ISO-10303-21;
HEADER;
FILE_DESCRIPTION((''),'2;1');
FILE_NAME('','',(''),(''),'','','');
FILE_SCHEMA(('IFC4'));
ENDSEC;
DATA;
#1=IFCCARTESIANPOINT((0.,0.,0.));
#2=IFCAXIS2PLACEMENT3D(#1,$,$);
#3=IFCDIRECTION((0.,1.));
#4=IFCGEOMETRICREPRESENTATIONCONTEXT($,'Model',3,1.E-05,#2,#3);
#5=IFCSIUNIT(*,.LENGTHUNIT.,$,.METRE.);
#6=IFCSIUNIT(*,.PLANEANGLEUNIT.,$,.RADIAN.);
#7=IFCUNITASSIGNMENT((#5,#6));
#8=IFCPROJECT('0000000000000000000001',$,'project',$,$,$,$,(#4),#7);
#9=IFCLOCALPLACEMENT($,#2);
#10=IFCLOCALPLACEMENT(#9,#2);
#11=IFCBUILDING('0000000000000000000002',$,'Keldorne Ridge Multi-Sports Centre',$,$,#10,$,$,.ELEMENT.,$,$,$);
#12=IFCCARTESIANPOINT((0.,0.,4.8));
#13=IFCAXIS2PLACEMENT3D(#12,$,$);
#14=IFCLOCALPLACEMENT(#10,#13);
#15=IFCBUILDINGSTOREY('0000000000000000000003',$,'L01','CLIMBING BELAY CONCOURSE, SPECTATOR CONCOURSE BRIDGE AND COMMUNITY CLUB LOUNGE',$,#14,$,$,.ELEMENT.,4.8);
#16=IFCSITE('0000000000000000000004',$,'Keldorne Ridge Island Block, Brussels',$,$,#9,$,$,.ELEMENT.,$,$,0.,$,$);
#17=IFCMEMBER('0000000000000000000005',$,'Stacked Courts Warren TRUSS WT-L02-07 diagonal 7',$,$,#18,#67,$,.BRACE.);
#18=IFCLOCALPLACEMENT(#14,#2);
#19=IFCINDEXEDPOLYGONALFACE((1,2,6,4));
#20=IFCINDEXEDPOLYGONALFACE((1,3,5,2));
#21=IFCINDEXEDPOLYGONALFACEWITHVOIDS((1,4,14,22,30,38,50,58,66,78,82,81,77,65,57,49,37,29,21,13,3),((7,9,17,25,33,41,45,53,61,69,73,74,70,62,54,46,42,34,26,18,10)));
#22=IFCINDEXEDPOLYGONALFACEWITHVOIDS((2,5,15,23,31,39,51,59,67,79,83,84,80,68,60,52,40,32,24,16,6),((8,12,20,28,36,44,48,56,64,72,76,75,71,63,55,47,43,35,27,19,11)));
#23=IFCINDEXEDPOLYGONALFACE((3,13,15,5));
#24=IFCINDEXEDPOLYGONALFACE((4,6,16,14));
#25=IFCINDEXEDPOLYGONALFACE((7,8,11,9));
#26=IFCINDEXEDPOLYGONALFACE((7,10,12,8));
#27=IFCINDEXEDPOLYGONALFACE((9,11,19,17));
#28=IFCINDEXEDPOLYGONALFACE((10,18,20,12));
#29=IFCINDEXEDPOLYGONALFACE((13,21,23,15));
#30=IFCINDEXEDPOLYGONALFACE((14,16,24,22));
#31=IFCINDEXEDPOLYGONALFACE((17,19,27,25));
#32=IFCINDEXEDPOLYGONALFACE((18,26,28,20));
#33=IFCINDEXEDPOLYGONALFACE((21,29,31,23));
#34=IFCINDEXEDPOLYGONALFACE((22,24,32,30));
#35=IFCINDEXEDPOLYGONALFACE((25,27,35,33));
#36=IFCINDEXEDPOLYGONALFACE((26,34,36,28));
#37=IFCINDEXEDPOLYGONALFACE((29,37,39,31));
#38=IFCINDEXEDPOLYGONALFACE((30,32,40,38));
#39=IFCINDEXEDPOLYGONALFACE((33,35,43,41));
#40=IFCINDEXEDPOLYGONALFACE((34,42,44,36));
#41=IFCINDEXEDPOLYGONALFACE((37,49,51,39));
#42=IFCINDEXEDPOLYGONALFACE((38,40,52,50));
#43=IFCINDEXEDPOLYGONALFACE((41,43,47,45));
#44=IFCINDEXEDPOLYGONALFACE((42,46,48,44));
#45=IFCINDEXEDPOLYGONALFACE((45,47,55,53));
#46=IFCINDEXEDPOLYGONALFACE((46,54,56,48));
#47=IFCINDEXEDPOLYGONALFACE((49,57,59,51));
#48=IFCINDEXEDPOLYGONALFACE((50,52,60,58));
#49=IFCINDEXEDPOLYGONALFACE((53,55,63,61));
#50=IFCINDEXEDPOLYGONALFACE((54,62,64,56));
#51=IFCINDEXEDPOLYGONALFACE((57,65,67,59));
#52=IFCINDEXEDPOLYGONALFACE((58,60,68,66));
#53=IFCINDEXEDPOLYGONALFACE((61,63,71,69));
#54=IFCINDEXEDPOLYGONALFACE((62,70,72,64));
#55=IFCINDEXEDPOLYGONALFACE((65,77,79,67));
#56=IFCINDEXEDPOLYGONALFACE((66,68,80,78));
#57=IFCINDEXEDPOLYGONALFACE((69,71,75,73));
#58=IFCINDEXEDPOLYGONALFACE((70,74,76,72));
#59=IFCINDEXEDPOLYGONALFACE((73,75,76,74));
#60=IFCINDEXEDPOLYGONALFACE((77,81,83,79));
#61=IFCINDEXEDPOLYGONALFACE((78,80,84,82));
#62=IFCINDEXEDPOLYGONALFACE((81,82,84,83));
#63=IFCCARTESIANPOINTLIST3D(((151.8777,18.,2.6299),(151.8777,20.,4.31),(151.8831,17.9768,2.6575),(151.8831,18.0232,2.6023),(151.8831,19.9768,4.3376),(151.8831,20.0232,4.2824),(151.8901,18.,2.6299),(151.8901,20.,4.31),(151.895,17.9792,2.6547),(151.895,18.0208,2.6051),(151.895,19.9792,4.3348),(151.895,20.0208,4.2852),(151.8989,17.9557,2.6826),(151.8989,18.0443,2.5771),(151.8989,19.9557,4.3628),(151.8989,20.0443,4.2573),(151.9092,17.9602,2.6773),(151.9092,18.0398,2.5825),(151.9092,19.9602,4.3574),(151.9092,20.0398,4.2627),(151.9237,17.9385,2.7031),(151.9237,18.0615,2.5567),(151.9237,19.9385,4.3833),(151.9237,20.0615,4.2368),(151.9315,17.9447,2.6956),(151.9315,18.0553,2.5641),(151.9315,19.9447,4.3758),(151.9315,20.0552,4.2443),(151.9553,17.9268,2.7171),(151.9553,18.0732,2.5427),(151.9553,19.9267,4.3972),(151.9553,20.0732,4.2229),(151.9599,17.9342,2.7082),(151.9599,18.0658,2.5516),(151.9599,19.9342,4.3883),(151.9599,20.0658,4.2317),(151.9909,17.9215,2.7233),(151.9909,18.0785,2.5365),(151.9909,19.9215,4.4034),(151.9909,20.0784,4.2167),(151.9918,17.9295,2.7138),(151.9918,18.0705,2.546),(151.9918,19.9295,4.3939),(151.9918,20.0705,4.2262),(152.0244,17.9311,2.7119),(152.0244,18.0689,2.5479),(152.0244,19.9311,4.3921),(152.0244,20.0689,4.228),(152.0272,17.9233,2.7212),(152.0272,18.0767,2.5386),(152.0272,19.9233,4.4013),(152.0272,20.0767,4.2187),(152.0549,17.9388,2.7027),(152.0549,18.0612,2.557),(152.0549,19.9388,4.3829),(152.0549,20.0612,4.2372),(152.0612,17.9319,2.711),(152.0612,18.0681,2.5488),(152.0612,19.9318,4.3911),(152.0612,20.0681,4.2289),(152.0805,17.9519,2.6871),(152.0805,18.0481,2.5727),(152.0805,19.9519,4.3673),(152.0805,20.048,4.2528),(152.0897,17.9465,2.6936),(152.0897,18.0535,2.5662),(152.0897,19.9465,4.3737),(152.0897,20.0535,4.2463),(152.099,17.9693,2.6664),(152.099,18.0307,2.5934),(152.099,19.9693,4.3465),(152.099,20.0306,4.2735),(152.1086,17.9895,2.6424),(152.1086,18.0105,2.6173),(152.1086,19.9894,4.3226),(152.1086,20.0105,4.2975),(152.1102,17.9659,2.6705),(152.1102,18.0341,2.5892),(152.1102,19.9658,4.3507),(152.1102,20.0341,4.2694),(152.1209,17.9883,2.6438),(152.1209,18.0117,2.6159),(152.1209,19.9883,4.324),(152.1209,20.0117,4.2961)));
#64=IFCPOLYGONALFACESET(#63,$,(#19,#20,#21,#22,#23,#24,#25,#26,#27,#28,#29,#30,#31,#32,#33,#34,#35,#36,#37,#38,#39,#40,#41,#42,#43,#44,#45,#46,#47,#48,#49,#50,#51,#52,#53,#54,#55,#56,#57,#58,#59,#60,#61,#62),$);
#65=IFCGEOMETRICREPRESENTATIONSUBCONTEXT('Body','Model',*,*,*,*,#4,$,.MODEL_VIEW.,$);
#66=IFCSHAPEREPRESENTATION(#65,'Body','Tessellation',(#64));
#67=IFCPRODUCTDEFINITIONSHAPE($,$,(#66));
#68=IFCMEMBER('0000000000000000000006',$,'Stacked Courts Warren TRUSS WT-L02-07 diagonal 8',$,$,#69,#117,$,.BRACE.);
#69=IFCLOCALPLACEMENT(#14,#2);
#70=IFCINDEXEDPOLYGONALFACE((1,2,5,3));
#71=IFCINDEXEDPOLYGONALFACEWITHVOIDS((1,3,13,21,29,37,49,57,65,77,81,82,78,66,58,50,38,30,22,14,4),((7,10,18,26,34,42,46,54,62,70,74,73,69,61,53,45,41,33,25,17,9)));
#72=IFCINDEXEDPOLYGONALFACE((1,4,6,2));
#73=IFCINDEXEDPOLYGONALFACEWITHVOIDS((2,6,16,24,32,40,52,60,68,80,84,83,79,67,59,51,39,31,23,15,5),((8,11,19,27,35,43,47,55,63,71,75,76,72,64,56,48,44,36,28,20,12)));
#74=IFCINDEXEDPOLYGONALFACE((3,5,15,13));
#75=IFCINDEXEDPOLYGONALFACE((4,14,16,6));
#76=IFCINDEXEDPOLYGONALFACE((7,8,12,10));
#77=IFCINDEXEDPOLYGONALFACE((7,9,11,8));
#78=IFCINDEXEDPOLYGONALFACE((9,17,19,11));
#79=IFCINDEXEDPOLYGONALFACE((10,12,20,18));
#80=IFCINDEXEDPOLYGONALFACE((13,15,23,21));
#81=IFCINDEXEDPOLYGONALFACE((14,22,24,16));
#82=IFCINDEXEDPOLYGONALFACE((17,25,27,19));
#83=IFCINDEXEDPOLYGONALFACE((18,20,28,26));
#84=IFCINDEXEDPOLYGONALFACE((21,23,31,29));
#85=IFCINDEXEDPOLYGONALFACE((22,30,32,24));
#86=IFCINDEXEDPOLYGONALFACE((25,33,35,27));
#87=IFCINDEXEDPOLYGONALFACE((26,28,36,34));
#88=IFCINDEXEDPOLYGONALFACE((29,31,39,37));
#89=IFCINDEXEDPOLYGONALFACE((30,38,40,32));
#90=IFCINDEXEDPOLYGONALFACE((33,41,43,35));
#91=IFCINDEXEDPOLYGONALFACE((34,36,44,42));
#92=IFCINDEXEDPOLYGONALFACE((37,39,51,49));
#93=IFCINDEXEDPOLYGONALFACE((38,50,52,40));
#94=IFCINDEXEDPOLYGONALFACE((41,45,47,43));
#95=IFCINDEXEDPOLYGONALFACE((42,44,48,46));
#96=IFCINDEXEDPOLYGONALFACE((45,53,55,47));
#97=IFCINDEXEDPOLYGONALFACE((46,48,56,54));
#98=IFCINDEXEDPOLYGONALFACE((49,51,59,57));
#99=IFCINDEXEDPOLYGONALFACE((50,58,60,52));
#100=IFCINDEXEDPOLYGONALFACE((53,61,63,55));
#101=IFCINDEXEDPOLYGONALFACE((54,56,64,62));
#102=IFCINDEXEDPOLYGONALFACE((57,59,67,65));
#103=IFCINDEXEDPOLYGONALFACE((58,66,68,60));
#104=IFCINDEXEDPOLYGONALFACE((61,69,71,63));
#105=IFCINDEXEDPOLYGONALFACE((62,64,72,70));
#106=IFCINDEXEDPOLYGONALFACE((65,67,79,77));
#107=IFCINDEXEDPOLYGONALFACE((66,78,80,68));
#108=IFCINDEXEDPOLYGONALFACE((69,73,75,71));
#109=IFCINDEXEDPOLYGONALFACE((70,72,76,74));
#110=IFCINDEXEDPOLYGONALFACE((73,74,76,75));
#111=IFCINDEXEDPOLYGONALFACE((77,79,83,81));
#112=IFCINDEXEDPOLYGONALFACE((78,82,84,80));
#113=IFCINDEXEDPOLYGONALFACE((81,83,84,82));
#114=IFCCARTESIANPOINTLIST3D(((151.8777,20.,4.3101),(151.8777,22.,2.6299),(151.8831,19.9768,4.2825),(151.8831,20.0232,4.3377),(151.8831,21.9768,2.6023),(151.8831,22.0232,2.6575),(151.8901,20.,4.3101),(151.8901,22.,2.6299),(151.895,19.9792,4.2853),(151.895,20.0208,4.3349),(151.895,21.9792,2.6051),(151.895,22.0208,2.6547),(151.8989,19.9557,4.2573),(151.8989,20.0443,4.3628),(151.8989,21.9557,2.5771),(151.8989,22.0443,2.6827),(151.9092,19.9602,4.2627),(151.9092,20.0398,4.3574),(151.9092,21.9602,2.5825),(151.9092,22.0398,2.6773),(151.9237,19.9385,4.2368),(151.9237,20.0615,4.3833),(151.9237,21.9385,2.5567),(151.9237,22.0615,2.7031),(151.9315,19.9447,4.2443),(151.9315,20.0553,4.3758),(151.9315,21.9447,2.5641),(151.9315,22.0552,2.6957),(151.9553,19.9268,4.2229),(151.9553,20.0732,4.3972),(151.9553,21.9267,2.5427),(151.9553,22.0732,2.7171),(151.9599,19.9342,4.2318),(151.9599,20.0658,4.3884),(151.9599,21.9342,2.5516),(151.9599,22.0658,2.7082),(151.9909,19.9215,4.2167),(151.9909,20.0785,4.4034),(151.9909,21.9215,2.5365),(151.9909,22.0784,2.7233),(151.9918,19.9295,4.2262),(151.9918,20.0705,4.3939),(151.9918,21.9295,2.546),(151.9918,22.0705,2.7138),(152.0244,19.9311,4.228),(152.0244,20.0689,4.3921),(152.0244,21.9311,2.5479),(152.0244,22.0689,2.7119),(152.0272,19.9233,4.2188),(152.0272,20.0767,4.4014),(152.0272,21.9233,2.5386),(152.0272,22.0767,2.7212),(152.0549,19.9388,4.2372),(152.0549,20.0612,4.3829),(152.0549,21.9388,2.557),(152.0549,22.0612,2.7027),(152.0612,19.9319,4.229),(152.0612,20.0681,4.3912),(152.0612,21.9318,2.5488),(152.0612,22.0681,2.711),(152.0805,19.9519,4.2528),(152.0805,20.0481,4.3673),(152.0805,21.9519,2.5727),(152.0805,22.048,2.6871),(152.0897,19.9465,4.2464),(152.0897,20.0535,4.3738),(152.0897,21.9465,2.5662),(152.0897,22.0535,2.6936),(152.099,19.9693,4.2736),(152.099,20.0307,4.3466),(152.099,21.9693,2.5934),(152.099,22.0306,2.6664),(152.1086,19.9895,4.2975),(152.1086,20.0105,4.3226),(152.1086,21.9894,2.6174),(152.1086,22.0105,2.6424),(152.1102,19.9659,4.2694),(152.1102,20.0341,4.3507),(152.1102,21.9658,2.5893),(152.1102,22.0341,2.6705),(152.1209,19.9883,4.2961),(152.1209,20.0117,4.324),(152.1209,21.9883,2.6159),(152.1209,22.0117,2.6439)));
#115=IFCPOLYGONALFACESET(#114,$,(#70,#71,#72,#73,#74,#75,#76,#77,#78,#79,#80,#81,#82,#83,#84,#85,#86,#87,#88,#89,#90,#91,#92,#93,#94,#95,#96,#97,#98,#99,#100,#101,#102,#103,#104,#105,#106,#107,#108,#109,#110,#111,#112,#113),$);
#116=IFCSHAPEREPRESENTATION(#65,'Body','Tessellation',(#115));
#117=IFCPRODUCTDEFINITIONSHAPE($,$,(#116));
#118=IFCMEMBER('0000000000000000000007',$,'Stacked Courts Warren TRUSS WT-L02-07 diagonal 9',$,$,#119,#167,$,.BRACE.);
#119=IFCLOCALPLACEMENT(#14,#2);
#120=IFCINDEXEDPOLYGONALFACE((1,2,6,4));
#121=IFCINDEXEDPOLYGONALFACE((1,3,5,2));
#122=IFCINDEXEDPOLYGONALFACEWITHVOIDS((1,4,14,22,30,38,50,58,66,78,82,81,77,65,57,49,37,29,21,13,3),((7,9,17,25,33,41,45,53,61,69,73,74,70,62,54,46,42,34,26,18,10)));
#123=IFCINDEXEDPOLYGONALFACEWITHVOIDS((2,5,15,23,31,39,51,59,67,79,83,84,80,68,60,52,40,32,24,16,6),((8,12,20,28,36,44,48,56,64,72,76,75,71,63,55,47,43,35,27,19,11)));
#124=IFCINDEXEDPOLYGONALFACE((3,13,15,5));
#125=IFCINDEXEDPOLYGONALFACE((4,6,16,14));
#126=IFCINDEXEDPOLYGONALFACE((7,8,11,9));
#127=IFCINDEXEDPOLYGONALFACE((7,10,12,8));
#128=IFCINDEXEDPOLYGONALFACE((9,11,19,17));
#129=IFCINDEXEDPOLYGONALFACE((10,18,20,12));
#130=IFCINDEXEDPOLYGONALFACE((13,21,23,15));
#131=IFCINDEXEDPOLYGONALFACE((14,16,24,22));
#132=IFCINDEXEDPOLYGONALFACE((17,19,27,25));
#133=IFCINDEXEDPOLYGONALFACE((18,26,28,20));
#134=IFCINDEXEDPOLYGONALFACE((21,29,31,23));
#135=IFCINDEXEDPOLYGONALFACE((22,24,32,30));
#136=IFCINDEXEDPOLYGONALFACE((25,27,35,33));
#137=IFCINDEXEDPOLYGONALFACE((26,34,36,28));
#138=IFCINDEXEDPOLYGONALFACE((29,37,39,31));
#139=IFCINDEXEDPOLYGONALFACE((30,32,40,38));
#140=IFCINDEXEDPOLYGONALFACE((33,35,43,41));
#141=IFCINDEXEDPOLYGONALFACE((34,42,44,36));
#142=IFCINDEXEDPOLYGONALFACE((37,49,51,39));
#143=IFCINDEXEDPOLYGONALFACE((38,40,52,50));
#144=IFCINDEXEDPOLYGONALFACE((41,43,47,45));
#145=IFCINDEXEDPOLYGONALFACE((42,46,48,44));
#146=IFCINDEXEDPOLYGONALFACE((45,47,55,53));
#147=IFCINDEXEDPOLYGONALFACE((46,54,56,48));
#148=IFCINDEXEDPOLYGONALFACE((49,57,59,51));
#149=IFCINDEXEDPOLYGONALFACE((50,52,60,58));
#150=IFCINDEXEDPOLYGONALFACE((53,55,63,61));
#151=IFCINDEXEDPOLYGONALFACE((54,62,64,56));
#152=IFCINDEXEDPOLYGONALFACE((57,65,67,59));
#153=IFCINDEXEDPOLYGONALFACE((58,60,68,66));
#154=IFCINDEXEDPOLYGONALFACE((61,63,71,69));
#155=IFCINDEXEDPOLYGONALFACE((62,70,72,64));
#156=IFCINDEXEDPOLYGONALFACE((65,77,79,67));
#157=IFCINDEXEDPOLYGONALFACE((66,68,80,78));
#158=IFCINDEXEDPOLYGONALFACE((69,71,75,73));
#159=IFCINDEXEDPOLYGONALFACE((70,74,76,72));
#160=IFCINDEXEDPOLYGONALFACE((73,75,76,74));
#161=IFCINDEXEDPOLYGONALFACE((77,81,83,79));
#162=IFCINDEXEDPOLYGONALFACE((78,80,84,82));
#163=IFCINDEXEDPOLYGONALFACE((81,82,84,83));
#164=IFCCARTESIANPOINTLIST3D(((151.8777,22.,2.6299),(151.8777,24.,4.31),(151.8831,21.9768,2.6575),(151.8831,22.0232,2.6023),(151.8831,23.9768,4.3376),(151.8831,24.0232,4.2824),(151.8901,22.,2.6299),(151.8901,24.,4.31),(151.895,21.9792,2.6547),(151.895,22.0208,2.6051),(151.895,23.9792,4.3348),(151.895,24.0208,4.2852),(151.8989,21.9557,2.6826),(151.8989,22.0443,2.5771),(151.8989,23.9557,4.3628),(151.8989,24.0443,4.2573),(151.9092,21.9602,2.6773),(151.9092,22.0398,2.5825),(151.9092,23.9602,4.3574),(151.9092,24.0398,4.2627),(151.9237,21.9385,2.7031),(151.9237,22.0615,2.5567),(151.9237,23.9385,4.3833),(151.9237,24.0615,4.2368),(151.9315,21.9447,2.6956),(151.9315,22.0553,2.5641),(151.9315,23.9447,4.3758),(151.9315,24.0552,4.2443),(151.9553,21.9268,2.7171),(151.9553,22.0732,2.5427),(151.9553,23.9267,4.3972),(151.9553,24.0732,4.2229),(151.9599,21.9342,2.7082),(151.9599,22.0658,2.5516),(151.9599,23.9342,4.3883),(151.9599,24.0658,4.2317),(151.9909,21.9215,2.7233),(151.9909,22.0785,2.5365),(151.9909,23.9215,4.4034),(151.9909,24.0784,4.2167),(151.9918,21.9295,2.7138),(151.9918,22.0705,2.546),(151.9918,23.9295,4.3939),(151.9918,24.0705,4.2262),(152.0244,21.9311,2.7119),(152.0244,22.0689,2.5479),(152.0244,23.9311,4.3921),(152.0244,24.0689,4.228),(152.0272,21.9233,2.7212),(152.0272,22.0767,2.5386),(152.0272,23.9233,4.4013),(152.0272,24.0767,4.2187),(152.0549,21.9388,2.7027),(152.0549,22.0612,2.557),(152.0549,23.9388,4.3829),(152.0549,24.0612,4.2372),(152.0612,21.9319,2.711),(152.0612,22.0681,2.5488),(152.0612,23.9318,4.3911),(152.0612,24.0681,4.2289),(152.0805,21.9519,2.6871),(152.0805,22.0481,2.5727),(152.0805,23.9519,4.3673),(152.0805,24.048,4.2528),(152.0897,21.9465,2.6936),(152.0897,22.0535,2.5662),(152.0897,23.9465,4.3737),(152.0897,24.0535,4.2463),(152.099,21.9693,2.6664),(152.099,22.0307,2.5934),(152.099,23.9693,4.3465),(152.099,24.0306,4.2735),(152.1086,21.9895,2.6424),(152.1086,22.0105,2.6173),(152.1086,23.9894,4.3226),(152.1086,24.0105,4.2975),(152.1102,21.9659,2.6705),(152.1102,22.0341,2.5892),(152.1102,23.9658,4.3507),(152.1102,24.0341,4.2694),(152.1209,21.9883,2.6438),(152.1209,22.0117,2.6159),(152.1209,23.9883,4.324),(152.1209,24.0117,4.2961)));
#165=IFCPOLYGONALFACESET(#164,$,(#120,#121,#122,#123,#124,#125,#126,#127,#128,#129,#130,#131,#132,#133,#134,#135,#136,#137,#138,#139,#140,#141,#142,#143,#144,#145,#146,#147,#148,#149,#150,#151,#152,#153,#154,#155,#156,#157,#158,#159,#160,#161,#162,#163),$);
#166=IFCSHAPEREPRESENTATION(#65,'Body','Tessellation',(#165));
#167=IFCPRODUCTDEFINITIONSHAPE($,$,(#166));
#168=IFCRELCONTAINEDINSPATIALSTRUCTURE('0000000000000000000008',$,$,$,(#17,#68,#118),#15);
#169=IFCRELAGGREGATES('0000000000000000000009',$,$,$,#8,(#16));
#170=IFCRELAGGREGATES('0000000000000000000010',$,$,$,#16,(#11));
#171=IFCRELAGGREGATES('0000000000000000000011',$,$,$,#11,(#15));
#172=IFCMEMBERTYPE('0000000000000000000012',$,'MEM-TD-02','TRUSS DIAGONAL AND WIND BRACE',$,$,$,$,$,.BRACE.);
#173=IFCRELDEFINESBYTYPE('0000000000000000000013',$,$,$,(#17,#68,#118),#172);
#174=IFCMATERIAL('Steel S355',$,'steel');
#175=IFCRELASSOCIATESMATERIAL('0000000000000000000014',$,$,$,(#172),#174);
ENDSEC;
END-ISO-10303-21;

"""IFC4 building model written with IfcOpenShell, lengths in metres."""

from ifc_helpers import new_model, si_unit, direction, frame, origin, origin_2d, place, context, subcontext, project, spatial, hollow_circle, extrude, material, material_profile, profile_set, type_object, element, save


model = new_model("IFC4")

# Units and contexts
model_context = context("Model", 3, precision=1e-05, world=origin(), true_north=direction((0.0, 1.0)))
body_context = subcontext(model_context, "Body", "Model", "MODEL_VIEW")
ifc_project = project(units=[si_unit("LENGTHUNIT", "METRE"), si_unit("PLANEANGLEUNIT", "RADIAN")], contexts=[model_context])

# Site, building, storey
site_placement = place(None, origin())
site = spatial("IfcSite", under=ifc_project, at=site_placement, Name="Keldorne Ridge Island Block, Brussels", CompositionType="ELEMENT", RefElevation=0.0)
building_placement = place(site_placement, origin())
building = spatial("IfcBuilding", under=site, at=building_placement, Name="Keldorne Ridge Multi-Sports Centre", CompositionType="ELEMENT")
storey_placement = place(building_placement, frame((0.0, 0.0, 4.8)))
storey = spatial("IfcBuildingStorey", under=building, at=storey_placement, Name="L01", Description="CLIMBING BELAY CONCOURSE, SPECTATOR CONCOURSE BRIDGE AND COMMUNITY CLUB LOUNGE", CompositionType="ELEMENT", Elevation=4.8)

# Members
ifc_material = material(Name="Steel S355", Category="steel")
ifc_material_profile_1 = material_profile(ifc_material, hollow_circle(Radius=0.1223, WallThickness=0.0125, at=origin_2d()), Name="CHS 244.5x12.5")
ifc_profile_set_1 = profile_set([ifc_material_profile_1], Name="Steel S355")
member_type_1 = type_object("IfcMemberType", Name="MEM-TD-02", Description="TRUSS DIAGONAL AND WIND BRACE", PredefinedType="BRACE", material=ifc_profile_set_1)
for number, where, z_axis, x_axis, name in (
    (1, (152.0, 18.0, 2.6299), (0.0, 0.765672, 0.643232), (-1.0, 0.0, 0.0), "Stacked Courts Warren TRUSS WT-L02-07 diagonal 7"),
    (2, (152.0, 20.0, 4.3101), (0.0, 0.765672, -0.643232), (-1.0, 0.0, 0.0), "Stacked Courts Warren TRUSS WT-L02-07 diagonal 8"),
    (3, (152.0, 22.0, 2.6299), (0.0, 0.765672, 0.643232), (-1.0, 0.0, 0.0), "Stacked Courts Warren TRUSS WT-L02-07 diagonal 9"),
):
    element("IfcMember", number, at=place(storey_placement, frame(where, z_axis=z_axis, x_axis=x_axis)), inside=storey, type_object=member_type_1, Name=name, PredefinedType="BRACE", context=body_context, shape_type="SweptSolid", body=[
        extrude(hollow_circle(Radius=0.1223, WallThickness=0.0125, at=origin_2d()), origin(), (0.0, 0.0, 1.0), 2.6121),
    ])

save(model, "model.ifc")
